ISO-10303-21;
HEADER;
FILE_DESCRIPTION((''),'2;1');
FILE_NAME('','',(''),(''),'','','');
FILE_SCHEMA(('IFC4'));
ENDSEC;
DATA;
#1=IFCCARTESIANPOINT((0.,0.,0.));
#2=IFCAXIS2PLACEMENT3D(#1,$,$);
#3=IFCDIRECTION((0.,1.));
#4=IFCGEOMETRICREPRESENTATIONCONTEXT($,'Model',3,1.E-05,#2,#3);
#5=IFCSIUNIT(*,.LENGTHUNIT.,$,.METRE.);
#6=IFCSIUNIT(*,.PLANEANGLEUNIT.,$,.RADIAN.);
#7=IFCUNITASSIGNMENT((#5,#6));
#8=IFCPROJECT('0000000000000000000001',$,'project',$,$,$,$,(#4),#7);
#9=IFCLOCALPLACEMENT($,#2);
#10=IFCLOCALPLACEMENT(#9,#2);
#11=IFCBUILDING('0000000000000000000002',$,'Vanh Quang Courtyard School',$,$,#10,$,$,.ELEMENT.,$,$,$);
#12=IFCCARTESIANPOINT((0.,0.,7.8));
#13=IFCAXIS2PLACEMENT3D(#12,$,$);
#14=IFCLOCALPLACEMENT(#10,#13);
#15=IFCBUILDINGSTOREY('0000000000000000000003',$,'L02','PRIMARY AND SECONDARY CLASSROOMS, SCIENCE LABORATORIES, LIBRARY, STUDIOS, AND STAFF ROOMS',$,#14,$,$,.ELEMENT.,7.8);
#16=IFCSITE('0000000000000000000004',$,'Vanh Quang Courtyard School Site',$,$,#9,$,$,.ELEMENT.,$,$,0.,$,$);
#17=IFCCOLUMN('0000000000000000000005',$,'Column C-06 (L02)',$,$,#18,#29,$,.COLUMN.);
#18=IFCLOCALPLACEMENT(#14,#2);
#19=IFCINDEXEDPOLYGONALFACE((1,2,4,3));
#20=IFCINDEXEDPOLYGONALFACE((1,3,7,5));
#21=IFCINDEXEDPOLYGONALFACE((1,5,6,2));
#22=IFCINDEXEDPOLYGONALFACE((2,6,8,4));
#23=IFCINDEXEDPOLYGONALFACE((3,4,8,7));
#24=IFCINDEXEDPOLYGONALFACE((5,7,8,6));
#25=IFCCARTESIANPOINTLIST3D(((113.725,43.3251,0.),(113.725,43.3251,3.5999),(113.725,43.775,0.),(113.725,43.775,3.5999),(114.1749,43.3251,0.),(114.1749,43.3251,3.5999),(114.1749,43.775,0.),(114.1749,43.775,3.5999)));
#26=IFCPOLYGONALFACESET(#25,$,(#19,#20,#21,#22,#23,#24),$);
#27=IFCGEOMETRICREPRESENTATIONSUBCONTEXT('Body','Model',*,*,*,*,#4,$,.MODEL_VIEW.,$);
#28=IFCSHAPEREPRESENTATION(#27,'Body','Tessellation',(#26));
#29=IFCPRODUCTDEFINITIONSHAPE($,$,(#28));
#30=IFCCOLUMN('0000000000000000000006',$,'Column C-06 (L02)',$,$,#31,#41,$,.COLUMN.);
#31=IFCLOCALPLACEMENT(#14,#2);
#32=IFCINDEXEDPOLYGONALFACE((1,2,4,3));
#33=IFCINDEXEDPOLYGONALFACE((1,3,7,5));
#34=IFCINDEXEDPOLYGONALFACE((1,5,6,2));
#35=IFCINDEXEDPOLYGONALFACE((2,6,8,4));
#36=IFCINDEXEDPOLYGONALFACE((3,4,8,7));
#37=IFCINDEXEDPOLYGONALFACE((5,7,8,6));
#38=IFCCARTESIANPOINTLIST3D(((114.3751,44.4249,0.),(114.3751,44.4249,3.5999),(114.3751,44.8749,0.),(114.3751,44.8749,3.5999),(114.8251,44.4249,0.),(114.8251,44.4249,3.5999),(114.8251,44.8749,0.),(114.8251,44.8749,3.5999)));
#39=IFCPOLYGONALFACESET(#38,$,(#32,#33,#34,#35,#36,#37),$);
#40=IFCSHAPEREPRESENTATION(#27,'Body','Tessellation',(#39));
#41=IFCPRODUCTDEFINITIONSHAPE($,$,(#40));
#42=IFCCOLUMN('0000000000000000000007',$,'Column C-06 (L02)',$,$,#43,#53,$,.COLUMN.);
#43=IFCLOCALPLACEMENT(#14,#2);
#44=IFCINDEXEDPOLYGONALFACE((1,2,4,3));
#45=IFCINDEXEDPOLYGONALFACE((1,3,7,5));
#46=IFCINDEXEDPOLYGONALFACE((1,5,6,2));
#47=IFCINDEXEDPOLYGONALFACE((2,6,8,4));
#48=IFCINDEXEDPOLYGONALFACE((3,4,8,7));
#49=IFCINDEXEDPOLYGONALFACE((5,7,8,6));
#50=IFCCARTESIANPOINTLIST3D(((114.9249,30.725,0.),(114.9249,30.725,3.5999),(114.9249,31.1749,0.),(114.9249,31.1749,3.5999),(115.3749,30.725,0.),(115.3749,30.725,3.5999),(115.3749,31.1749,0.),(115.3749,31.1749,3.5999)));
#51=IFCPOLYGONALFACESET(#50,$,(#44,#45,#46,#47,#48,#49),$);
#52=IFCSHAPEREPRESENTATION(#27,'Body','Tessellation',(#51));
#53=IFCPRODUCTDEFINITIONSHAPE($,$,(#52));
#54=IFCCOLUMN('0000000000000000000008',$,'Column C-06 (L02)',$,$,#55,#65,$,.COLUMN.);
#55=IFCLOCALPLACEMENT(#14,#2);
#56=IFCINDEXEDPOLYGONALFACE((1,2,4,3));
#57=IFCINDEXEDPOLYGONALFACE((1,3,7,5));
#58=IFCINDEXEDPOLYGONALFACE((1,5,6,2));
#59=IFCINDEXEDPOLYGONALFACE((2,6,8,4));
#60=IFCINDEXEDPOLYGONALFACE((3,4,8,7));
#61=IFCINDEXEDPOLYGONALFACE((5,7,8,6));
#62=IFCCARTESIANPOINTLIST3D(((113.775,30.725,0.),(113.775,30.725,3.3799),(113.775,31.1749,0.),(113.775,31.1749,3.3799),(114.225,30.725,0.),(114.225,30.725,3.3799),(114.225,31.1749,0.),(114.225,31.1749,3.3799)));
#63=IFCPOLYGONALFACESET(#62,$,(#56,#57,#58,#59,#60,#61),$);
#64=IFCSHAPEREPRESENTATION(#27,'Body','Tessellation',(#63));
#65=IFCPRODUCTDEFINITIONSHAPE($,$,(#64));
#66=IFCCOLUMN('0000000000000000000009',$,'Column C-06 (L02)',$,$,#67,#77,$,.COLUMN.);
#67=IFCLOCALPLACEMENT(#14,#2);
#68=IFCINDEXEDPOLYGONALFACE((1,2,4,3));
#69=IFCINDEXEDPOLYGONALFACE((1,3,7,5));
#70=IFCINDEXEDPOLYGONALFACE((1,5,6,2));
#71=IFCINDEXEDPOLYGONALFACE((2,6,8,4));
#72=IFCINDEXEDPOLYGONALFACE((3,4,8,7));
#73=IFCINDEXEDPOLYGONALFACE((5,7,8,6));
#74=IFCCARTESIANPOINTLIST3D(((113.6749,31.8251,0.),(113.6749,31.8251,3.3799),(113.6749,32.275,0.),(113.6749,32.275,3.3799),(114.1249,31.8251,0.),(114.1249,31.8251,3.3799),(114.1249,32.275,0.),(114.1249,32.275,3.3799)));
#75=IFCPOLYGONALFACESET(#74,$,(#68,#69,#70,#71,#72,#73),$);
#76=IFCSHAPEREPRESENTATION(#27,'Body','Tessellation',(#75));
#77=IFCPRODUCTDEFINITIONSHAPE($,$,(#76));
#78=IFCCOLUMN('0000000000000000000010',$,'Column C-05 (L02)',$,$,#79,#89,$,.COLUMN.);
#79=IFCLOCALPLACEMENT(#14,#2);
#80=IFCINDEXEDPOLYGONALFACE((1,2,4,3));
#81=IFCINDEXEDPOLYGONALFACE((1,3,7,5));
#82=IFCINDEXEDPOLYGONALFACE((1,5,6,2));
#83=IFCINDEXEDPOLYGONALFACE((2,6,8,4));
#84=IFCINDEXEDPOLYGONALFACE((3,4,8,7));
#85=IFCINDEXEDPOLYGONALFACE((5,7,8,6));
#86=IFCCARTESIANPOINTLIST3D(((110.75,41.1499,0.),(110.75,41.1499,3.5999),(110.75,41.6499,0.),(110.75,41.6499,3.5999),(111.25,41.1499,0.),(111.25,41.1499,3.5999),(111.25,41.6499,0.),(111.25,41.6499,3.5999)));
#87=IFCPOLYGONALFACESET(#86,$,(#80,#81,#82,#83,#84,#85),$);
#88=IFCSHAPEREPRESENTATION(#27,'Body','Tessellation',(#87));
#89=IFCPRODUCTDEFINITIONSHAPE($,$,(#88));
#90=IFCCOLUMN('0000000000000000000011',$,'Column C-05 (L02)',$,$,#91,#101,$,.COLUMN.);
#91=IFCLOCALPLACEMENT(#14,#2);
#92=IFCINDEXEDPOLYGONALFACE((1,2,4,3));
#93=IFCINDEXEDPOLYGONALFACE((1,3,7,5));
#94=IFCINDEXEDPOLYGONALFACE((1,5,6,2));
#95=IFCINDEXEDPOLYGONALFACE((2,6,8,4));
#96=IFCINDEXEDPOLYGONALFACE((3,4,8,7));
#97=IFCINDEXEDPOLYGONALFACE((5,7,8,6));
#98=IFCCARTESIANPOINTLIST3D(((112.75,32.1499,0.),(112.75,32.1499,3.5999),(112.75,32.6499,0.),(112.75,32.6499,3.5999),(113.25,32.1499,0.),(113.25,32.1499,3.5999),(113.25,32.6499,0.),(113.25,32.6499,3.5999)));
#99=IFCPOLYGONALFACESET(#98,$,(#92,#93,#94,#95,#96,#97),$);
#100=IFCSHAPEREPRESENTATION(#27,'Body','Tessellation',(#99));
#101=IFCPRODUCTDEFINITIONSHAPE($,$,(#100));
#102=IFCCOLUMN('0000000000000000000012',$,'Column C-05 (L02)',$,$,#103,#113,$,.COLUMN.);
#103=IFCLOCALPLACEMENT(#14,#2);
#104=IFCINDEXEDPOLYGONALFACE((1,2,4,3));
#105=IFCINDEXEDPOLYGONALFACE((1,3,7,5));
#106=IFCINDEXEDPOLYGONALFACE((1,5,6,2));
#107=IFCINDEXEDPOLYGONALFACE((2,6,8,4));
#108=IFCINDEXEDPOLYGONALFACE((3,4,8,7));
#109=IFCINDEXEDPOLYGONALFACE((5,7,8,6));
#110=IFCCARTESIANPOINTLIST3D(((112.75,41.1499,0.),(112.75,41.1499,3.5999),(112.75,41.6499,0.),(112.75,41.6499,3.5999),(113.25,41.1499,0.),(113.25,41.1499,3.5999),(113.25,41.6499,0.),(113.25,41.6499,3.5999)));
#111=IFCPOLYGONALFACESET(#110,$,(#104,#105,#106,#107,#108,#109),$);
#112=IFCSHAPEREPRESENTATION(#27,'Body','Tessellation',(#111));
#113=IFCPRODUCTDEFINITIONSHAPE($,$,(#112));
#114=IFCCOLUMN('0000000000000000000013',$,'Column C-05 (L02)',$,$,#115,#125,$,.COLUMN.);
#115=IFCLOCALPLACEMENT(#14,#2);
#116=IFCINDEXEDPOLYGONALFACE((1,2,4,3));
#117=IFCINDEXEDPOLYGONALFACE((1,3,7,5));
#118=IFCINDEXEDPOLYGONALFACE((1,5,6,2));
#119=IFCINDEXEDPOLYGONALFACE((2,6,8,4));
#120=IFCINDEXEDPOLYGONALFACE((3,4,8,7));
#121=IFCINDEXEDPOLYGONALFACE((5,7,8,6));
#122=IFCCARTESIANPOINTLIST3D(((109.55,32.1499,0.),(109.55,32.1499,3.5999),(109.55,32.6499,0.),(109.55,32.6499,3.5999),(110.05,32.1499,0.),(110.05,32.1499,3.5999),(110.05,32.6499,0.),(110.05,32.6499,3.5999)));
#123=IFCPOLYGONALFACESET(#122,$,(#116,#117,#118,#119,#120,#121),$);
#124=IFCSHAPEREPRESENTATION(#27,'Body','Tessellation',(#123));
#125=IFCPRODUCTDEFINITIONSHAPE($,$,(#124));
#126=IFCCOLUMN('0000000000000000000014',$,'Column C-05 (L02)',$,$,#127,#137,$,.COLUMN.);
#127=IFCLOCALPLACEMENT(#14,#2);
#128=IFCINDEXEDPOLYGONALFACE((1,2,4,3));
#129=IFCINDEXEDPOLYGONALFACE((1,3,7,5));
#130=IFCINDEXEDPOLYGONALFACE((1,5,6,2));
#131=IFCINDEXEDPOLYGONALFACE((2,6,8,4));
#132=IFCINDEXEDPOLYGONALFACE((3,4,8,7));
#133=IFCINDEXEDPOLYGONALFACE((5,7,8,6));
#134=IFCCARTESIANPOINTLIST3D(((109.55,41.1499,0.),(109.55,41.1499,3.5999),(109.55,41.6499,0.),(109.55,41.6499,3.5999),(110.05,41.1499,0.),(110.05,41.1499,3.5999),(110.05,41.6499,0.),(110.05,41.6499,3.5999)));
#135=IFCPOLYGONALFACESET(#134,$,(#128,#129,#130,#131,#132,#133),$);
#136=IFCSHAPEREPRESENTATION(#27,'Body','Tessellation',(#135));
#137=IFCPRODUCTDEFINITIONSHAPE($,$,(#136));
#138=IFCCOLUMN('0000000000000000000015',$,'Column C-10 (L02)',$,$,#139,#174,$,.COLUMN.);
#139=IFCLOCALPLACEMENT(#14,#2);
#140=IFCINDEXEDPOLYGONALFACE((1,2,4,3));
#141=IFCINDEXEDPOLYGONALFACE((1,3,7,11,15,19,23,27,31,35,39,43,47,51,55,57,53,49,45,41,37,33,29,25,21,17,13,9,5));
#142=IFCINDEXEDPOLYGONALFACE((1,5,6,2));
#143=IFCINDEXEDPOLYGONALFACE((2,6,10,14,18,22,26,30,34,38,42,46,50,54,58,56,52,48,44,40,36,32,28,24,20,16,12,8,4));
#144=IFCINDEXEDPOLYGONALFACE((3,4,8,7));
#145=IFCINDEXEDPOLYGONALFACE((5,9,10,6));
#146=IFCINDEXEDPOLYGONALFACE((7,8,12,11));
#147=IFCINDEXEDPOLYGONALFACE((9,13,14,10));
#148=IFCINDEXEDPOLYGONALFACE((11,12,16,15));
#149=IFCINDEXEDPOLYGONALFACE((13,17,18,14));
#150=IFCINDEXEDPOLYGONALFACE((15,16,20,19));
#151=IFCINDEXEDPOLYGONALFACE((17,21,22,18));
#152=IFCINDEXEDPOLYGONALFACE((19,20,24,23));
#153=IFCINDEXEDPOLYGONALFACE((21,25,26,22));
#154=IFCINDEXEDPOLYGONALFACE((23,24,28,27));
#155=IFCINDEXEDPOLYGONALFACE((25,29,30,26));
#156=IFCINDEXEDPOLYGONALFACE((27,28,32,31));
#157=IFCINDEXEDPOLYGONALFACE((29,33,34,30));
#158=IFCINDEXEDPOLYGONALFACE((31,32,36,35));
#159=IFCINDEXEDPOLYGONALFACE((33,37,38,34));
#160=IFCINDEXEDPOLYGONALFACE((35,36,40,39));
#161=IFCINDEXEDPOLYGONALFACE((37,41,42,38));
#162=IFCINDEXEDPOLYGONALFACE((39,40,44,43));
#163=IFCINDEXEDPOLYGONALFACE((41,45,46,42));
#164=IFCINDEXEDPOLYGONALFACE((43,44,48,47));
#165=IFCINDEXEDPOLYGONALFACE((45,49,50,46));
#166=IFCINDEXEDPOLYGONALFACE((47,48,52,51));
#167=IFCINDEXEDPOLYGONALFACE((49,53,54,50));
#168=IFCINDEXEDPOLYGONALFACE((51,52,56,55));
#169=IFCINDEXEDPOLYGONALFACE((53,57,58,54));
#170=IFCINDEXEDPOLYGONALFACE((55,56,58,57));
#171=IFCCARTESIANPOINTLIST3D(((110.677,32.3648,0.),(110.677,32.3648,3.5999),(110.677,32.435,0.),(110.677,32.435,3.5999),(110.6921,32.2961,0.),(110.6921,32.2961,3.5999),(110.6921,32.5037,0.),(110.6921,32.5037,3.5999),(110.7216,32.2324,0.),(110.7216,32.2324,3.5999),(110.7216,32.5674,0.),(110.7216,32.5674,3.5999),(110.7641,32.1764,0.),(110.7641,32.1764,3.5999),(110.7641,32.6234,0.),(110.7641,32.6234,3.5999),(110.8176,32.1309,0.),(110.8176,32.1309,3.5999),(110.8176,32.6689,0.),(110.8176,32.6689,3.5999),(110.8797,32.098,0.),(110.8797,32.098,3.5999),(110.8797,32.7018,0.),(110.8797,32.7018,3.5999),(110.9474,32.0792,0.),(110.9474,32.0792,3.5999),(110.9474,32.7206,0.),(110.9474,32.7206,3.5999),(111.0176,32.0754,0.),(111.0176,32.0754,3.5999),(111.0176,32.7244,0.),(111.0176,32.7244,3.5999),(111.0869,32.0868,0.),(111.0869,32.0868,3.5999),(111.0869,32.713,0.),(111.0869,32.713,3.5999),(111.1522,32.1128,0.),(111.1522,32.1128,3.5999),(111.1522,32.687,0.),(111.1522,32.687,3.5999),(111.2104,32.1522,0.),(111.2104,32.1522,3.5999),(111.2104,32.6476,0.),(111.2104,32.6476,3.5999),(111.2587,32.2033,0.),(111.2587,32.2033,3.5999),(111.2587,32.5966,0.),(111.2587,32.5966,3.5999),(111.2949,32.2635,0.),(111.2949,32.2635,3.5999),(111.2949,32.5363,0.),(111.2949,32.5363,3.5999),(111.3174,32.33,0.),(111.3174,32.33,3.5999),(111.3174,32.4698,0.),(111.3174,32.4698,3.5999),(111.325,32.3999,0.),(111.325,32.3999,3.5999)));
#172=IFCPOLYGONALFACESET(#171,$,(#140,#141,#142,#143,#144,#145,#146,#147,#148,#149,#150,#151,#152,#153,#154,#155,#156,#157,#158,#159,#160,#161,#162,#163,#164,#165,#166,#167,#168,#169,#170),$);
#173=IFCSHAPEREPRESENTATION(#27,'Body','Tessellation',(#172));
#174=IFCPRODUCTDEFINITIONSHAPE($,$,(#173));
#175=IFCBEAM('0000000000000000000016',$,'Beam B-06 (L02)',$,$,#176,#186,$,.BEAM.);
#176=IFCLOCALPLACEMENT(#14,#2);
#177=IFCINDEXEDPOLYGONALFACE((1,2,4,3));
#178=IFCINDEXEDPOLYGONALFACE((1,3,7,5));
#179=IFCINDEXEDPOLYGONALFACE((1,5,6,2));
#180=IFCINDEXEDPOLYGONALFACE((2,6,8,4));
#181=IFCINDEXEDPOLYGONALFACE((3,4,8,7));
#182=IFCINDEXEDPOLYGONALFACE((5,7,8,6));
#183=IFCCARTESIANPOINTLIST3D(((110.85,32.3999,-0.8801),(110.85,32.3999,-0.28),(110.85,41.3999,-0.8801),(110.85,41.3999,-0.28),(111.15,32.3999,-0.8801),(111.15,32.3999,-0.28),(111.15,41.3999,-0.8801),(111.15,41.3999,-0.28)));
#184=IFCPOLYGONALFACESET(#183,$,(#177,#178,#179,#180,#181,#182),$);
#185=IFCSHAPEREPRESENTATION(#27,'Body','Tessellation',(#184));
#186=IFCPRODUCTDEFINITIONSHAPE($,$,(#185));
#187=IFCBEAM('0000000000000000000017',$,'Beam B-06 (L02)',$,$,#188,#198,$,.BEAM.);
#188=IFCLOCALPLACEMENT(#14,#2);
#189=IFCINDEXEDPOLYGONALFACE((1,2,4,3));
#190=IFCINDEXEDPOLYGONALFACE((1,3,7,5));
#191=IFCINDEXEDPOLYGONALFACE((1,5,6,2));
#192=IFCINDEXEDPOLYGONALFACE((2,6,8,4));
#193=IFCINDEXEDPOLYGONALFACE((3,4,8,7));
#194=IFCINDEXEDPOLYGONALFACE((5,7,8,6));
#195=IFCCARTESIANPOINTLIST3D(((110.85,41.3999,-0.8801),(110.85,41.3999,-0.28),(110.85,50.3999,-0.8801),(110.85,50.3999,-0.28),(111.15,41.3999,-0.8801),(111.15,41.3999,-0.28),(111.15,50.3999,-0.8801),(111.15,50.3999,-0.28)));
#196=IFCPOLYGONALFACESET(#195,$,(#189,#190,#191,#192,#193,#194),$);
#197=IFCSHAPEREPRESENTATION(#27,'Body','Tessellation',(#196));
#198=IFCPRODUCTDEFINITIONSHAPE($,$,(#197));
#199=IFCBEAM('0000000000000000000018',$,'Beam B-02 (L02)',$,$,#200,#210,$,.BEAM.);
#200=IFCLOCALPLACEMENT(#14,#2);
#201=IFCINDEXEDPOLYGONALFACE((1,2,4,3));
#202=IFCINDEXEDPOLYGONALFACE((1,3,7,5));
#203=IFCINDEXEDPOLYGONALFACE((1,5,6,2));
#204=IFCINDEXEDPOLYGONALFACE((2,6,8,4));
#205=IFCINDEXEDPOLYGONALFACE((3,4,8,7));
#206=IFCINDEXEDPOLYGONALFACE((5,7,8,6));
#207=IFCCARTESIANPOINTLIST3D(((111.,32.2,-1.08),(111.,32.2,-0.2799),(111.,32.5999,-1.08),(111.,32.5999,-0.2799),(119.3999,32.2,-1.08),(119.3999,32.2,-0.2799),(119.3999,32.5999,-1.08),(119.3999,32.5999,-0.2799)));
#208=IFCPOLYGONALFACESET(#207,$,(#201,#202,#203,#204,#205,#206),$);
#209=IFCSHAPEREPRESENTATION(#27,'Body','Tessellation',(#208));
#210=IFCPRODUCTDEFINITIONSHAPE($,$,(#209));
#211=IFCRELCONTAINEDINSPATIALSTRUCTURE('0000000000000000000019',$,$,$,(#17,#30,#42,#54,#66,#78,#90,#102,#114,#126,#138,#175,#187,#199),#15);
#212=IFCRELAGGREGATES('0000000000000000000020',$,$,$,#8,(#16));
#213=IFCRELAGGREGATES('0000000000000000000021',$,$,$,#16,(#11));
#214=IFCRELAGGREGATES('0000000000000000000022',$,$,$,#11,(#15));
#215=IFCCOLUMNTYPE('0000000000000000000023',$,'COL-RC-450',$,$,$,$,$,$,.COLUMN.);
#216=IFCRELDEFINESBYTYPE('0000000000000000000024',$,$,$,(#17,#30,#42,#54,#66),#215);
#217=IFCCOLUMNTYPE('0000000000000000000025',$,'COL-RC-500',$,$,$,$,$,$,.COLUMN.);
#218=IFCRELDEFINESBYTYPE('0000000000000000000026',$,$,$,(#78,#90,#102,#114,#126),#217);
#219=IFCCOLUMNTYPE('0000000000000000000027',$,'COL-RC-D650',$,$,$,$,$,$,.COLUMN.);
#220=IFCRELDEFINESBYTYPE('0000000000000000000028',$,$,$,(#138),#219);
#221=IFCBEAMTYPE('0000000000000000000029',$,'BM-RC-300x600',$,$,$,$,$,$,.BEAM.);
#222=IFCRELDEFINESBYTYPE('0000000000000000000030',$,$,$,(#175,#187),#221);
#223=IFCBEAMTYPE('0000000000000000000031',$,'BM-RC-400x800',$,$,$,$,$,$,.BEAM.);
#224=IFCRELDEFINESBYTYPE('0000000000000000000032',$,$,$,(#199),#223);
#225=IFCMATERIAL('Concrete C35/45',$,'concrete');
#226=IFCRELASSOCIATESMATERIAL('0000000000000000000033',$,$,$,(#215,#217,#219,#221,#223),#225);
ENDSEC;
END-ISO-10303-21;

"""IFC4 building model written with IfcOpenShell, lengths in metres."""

from ifc_helpers import new_model, si_unit, direction, frame, origin, origin_2d, place, context, subcontext, project, spatial, rectangle, circle, extrude, material, material_profile, profile_set, type_object, element, save


model = new_model("IFC4")

# Units and contexts
model_context = context("Model", 3, precision=1e-05, world=origin(), true_north=direction((0.0, 1.0)))
body_context = subcontext(model_context, "Body", "Model", "MODEL_VIEW")
ifc_project = project(units=[si_unit("LENGTHUNIT", "METRE"), si_unit("PLANEANGLEUNIT", "RADIAN")], contexts=[model_context])

# Site, building, storey
site_placement = place(None, origin())
site = spatial("IfcSite", under=ifc_project, at=site_placement, Name="Vanh Quang Courtyard School Site", CompositionType="ELEMENT", RefElevation=0.0)
building_placement = place(site_placement, origin())
building = spatial("IfcBuilding", under=site, at=building_placement, Name="Vanh Quang Courtyard School", CompositionType="ELEMENT")
storey_placement = place(building_placement, frame((0.0, 0.0, 7.8)))
storey = spatial("IfcBuildingStorey", under=building, at=storey_placement, Name="L02", Description="PRIMARY AND SECONDARY CLASSROOMS, SCIENCE LABORATORIES, LIBRARY, STUDIOS, AND STAFF ROOMS", CompositionType="ELEMENT", Elevation=7.8)

# Columns
ifc_material_1 = material(Name="Concrete C35/45", Category="concrete")
ifc_material_profile_1 = material_profile(ifc_material_1, rectangle(XDim=0.45, YDim=0.45, at=origin_2d()), Name="RC-COL 450x450")
ifc_profile_set_1 = profile_set([ifc_material_profile_1], Name="Concrete C35/45")
column_type_1 = type_object("IfcColumnType", Name="COL-RC-450", PredefinedType="COLUMN", material=ifc_profile_set_1)
for number, where, z_axis, x_axis, name in (
    (1, (113.95, 43.55, 0.0), (0.0, 0.0, 1.0), (1.0, 0.0, 0.0), "Column C-06 (L02)"),
    (2, (114.6001, 44.6499, 0.0), (0.0, 0.0, 1.0), (1.0, 0.0, 0.0), "Column C-06 (L02)"),
    (3, (115.1499, 30.95, 0.0), (0.0, 0.0, 1.0), (1.0, 0.0, 0.0), "Column C-06 (L02)"),
):
    element("IfcColumn", number, at=place(storey_placement, frame(where, z_axis=z_axis, x_axis=x_axis)), inside=storey, type_object=column_type_1, Name=name, PredefinedType="COLUMN", context=body_context, shape_type="SweptSolid", body=[
        extrude(rectangle(XDim=0.45, YDim=0.45, at=origin_2d()), origin(), (0.0, 0.0, 1.0), 3.5999),
    ])
for number, where, z_axis, x_axis, name in (
    (4, (114.0, 30.95, 0.0), (0.0, 0.0, 1.0), (1.0, 0.0, 0.0), "Column C-06 (L02)"),
    (5, (113.8999, 32.05, 0.0), (0.0, 0.0, 1.0), (1.0, 0.0, 0.0), "Column C-06 (L02)"),
):
    element("IfcColumn", number, at=place(storey_placement, frame(where, z_axis=z_axis, x_axis=x_axis)), inside=storey, type_object=column_type_1, Name=name, PredefinedType="COLUMN", context=body_context, shape_type="SweptSolid", body=[
        extrude(rectangle(XDim=0.45, YDim=0.45, at=origin_2d()), origin(), (0.0, 0.0, 1.0), 3.3799),
    ])
ifc_material_profile_2 = material_profile(ifc_material_1, rectangle(XDim=0.5, YDim=0.5, at=origin_2d()), Name="RC-COL 500x500")
ifc_profile_set_2 = profile_set([ifc_material_profile_2], Name="Concrete C35/45")
column_type_2 = type_object("IfcColumnType", Name="COL-RC-500", PredefinedType="COLUMN", material=ifc_profile_set_2)
for number, where, z_axis, x_axis, name in (
    (6, (111.0, 41.3999, 0.0), (0.0, 0.0, 1.0), (1.0, 0.0, 0.0), "Column C-05 (L02)"),
    (7, (113.0, 32.3999, 0.0), (0.0, 0.0, 1.0), (1.0, 0.0, 0.0), "Column C-05 (L02)"),
    (8, (113.0, 41.3999, 0.0), (0.0, 0.0, 1.0), (1.0, 0.0, 0.0), "Column C-05 (L02)"),
    (9, (109.8, 32.3999, 0.0), (0.0, 0.0, 1.0), (1.0, 0.0, 0.0), "Column C-05 (L02)"),
    (10, (109.8, 41.3999, 0.0), (0.0, 0.0, 1.0), (1.0, 0.0, 0.0), "Column C-05 (L02)"),
):
    element("IfcColumn", number, at=place(storey_placement, frame(where, z_axis=z_axis, x_axis=x_axis)), inside=storey, type_object=column_type_2, Name=name, PredefinedType="COLUMN", context=body_context, shape_type="SweptSolid", body=[
        extrude(rectangle(XDim=0.5, YDim=0.5, at=origin_2d()), origin(), (0.0, 0.0, 1.0), 3.5999),
    ])
ifc_material_profile_3 = material_profile(ifc_material_1, circle(Radius=0.325, at=origin_2d()), Name="RC-COL D650")
ifc_profile_set_3 = profile_set([ifc_material_profile_3], Name="Concrete C35/45")
column_type_3 = type_object("IfcColumnType", Name="COL-RC-D650", PredefinedType="COLUMN", material=ifc_profile_set_3)
column_placement = place(storey_placement, frame((111.0, 32.3999, 0.0), z_axis=(0.0, 0.0, 1.0), x_axis=(1.0, 0.0, 0.0)))
element("IfcColumn", 11, at=column_placement, inside=storey, type_object=column_type_3, Name="Column C-10 (L02)", PredefinedType="COLUMN", context=body_context, shape_type="SweptSolid", body=[
    extrude(circle(Radius=0.325, at=origin_2d()), origin(), (0.0, 0.0, 1.0), 3.5999),
])

# Beams
ifc_material_profile_4 = material_profile(ifc_material_1, rectangle(XDim=0.3, YDim=0.6001, at=origin_2d()), Name="RC-BM 300x600")
ifc_profile_set_4 = profile_set([ifc_material_profile_4], Name="Concrete C35/45")
beam_type_1 = type_object("IfcBeamType", Name="BM-RC-300x600", PredefinedType="BEAM", material=ifc_profile_set_4)
for number, where, z_axis, x_axis, name in (
    (12, (111.0, 32.3999, -0.5801), (0.0, 1.0, 0.0), (-1.0, 0.0, 0.0), "Beam B-06 (L02)"),
    (13, (111.0, 41.3999, -0.5801), (0.0, 1.0, 0.0), (-1.0, 0.0, 0.0), "Beam B-06 (L02)"),
):
    element("IfcBeam", number, at=place(storey_placement, frame(where, z_axis=z_axis, x_axis=x_axis)), inside=storey, type_object=beam_type_1, Name=name, PredefinedType="BEAM", context=body_context, shape_type="SweptSolid", body=[
        extrude(rectangle(XDim=0.3, YDim=0.6001, at=origin_2d()), origin(), (0.0, 0.0, 1.0), 9.0),
    ])
ifc_material_profile_5 = material_profile(ifc_material_1, rectangle(XDim=0.3999, YDim=0.8, at=origin_2d()), Name="RC-BM 400x800")
ifc_profile_set_5 = profile_set([ifc_material_profile_5], Name="Concrete C35/45")
beam_type_2 = type_object("IfcBeamType", Name="BM-RC-400x800", PredefinedType="BEAM", material=ifc_profile_set_5)
beam_1_placement = place(storey_placement, frame((111.0, 32.3999, -0.6799), z_axis=(1.0, 0.0, 0.0), x_axis=(0.0, 1.0, 0.0)))
element("IfcBeam", 14, at=beam_1_placement, inside=storey, type_object=beam_type_2, Name="Beam B-02 (L02)", PredefinedType="BEAM", context=body_context, shape_type="SweptSolid", body=[
    extrude(rectangle(XDim=0.3999, YDim=0.8, at=origin_2d()), origin(), (0.0, 0.0, 1.0), 8.3999),
])

save(model, "model.ifc")
